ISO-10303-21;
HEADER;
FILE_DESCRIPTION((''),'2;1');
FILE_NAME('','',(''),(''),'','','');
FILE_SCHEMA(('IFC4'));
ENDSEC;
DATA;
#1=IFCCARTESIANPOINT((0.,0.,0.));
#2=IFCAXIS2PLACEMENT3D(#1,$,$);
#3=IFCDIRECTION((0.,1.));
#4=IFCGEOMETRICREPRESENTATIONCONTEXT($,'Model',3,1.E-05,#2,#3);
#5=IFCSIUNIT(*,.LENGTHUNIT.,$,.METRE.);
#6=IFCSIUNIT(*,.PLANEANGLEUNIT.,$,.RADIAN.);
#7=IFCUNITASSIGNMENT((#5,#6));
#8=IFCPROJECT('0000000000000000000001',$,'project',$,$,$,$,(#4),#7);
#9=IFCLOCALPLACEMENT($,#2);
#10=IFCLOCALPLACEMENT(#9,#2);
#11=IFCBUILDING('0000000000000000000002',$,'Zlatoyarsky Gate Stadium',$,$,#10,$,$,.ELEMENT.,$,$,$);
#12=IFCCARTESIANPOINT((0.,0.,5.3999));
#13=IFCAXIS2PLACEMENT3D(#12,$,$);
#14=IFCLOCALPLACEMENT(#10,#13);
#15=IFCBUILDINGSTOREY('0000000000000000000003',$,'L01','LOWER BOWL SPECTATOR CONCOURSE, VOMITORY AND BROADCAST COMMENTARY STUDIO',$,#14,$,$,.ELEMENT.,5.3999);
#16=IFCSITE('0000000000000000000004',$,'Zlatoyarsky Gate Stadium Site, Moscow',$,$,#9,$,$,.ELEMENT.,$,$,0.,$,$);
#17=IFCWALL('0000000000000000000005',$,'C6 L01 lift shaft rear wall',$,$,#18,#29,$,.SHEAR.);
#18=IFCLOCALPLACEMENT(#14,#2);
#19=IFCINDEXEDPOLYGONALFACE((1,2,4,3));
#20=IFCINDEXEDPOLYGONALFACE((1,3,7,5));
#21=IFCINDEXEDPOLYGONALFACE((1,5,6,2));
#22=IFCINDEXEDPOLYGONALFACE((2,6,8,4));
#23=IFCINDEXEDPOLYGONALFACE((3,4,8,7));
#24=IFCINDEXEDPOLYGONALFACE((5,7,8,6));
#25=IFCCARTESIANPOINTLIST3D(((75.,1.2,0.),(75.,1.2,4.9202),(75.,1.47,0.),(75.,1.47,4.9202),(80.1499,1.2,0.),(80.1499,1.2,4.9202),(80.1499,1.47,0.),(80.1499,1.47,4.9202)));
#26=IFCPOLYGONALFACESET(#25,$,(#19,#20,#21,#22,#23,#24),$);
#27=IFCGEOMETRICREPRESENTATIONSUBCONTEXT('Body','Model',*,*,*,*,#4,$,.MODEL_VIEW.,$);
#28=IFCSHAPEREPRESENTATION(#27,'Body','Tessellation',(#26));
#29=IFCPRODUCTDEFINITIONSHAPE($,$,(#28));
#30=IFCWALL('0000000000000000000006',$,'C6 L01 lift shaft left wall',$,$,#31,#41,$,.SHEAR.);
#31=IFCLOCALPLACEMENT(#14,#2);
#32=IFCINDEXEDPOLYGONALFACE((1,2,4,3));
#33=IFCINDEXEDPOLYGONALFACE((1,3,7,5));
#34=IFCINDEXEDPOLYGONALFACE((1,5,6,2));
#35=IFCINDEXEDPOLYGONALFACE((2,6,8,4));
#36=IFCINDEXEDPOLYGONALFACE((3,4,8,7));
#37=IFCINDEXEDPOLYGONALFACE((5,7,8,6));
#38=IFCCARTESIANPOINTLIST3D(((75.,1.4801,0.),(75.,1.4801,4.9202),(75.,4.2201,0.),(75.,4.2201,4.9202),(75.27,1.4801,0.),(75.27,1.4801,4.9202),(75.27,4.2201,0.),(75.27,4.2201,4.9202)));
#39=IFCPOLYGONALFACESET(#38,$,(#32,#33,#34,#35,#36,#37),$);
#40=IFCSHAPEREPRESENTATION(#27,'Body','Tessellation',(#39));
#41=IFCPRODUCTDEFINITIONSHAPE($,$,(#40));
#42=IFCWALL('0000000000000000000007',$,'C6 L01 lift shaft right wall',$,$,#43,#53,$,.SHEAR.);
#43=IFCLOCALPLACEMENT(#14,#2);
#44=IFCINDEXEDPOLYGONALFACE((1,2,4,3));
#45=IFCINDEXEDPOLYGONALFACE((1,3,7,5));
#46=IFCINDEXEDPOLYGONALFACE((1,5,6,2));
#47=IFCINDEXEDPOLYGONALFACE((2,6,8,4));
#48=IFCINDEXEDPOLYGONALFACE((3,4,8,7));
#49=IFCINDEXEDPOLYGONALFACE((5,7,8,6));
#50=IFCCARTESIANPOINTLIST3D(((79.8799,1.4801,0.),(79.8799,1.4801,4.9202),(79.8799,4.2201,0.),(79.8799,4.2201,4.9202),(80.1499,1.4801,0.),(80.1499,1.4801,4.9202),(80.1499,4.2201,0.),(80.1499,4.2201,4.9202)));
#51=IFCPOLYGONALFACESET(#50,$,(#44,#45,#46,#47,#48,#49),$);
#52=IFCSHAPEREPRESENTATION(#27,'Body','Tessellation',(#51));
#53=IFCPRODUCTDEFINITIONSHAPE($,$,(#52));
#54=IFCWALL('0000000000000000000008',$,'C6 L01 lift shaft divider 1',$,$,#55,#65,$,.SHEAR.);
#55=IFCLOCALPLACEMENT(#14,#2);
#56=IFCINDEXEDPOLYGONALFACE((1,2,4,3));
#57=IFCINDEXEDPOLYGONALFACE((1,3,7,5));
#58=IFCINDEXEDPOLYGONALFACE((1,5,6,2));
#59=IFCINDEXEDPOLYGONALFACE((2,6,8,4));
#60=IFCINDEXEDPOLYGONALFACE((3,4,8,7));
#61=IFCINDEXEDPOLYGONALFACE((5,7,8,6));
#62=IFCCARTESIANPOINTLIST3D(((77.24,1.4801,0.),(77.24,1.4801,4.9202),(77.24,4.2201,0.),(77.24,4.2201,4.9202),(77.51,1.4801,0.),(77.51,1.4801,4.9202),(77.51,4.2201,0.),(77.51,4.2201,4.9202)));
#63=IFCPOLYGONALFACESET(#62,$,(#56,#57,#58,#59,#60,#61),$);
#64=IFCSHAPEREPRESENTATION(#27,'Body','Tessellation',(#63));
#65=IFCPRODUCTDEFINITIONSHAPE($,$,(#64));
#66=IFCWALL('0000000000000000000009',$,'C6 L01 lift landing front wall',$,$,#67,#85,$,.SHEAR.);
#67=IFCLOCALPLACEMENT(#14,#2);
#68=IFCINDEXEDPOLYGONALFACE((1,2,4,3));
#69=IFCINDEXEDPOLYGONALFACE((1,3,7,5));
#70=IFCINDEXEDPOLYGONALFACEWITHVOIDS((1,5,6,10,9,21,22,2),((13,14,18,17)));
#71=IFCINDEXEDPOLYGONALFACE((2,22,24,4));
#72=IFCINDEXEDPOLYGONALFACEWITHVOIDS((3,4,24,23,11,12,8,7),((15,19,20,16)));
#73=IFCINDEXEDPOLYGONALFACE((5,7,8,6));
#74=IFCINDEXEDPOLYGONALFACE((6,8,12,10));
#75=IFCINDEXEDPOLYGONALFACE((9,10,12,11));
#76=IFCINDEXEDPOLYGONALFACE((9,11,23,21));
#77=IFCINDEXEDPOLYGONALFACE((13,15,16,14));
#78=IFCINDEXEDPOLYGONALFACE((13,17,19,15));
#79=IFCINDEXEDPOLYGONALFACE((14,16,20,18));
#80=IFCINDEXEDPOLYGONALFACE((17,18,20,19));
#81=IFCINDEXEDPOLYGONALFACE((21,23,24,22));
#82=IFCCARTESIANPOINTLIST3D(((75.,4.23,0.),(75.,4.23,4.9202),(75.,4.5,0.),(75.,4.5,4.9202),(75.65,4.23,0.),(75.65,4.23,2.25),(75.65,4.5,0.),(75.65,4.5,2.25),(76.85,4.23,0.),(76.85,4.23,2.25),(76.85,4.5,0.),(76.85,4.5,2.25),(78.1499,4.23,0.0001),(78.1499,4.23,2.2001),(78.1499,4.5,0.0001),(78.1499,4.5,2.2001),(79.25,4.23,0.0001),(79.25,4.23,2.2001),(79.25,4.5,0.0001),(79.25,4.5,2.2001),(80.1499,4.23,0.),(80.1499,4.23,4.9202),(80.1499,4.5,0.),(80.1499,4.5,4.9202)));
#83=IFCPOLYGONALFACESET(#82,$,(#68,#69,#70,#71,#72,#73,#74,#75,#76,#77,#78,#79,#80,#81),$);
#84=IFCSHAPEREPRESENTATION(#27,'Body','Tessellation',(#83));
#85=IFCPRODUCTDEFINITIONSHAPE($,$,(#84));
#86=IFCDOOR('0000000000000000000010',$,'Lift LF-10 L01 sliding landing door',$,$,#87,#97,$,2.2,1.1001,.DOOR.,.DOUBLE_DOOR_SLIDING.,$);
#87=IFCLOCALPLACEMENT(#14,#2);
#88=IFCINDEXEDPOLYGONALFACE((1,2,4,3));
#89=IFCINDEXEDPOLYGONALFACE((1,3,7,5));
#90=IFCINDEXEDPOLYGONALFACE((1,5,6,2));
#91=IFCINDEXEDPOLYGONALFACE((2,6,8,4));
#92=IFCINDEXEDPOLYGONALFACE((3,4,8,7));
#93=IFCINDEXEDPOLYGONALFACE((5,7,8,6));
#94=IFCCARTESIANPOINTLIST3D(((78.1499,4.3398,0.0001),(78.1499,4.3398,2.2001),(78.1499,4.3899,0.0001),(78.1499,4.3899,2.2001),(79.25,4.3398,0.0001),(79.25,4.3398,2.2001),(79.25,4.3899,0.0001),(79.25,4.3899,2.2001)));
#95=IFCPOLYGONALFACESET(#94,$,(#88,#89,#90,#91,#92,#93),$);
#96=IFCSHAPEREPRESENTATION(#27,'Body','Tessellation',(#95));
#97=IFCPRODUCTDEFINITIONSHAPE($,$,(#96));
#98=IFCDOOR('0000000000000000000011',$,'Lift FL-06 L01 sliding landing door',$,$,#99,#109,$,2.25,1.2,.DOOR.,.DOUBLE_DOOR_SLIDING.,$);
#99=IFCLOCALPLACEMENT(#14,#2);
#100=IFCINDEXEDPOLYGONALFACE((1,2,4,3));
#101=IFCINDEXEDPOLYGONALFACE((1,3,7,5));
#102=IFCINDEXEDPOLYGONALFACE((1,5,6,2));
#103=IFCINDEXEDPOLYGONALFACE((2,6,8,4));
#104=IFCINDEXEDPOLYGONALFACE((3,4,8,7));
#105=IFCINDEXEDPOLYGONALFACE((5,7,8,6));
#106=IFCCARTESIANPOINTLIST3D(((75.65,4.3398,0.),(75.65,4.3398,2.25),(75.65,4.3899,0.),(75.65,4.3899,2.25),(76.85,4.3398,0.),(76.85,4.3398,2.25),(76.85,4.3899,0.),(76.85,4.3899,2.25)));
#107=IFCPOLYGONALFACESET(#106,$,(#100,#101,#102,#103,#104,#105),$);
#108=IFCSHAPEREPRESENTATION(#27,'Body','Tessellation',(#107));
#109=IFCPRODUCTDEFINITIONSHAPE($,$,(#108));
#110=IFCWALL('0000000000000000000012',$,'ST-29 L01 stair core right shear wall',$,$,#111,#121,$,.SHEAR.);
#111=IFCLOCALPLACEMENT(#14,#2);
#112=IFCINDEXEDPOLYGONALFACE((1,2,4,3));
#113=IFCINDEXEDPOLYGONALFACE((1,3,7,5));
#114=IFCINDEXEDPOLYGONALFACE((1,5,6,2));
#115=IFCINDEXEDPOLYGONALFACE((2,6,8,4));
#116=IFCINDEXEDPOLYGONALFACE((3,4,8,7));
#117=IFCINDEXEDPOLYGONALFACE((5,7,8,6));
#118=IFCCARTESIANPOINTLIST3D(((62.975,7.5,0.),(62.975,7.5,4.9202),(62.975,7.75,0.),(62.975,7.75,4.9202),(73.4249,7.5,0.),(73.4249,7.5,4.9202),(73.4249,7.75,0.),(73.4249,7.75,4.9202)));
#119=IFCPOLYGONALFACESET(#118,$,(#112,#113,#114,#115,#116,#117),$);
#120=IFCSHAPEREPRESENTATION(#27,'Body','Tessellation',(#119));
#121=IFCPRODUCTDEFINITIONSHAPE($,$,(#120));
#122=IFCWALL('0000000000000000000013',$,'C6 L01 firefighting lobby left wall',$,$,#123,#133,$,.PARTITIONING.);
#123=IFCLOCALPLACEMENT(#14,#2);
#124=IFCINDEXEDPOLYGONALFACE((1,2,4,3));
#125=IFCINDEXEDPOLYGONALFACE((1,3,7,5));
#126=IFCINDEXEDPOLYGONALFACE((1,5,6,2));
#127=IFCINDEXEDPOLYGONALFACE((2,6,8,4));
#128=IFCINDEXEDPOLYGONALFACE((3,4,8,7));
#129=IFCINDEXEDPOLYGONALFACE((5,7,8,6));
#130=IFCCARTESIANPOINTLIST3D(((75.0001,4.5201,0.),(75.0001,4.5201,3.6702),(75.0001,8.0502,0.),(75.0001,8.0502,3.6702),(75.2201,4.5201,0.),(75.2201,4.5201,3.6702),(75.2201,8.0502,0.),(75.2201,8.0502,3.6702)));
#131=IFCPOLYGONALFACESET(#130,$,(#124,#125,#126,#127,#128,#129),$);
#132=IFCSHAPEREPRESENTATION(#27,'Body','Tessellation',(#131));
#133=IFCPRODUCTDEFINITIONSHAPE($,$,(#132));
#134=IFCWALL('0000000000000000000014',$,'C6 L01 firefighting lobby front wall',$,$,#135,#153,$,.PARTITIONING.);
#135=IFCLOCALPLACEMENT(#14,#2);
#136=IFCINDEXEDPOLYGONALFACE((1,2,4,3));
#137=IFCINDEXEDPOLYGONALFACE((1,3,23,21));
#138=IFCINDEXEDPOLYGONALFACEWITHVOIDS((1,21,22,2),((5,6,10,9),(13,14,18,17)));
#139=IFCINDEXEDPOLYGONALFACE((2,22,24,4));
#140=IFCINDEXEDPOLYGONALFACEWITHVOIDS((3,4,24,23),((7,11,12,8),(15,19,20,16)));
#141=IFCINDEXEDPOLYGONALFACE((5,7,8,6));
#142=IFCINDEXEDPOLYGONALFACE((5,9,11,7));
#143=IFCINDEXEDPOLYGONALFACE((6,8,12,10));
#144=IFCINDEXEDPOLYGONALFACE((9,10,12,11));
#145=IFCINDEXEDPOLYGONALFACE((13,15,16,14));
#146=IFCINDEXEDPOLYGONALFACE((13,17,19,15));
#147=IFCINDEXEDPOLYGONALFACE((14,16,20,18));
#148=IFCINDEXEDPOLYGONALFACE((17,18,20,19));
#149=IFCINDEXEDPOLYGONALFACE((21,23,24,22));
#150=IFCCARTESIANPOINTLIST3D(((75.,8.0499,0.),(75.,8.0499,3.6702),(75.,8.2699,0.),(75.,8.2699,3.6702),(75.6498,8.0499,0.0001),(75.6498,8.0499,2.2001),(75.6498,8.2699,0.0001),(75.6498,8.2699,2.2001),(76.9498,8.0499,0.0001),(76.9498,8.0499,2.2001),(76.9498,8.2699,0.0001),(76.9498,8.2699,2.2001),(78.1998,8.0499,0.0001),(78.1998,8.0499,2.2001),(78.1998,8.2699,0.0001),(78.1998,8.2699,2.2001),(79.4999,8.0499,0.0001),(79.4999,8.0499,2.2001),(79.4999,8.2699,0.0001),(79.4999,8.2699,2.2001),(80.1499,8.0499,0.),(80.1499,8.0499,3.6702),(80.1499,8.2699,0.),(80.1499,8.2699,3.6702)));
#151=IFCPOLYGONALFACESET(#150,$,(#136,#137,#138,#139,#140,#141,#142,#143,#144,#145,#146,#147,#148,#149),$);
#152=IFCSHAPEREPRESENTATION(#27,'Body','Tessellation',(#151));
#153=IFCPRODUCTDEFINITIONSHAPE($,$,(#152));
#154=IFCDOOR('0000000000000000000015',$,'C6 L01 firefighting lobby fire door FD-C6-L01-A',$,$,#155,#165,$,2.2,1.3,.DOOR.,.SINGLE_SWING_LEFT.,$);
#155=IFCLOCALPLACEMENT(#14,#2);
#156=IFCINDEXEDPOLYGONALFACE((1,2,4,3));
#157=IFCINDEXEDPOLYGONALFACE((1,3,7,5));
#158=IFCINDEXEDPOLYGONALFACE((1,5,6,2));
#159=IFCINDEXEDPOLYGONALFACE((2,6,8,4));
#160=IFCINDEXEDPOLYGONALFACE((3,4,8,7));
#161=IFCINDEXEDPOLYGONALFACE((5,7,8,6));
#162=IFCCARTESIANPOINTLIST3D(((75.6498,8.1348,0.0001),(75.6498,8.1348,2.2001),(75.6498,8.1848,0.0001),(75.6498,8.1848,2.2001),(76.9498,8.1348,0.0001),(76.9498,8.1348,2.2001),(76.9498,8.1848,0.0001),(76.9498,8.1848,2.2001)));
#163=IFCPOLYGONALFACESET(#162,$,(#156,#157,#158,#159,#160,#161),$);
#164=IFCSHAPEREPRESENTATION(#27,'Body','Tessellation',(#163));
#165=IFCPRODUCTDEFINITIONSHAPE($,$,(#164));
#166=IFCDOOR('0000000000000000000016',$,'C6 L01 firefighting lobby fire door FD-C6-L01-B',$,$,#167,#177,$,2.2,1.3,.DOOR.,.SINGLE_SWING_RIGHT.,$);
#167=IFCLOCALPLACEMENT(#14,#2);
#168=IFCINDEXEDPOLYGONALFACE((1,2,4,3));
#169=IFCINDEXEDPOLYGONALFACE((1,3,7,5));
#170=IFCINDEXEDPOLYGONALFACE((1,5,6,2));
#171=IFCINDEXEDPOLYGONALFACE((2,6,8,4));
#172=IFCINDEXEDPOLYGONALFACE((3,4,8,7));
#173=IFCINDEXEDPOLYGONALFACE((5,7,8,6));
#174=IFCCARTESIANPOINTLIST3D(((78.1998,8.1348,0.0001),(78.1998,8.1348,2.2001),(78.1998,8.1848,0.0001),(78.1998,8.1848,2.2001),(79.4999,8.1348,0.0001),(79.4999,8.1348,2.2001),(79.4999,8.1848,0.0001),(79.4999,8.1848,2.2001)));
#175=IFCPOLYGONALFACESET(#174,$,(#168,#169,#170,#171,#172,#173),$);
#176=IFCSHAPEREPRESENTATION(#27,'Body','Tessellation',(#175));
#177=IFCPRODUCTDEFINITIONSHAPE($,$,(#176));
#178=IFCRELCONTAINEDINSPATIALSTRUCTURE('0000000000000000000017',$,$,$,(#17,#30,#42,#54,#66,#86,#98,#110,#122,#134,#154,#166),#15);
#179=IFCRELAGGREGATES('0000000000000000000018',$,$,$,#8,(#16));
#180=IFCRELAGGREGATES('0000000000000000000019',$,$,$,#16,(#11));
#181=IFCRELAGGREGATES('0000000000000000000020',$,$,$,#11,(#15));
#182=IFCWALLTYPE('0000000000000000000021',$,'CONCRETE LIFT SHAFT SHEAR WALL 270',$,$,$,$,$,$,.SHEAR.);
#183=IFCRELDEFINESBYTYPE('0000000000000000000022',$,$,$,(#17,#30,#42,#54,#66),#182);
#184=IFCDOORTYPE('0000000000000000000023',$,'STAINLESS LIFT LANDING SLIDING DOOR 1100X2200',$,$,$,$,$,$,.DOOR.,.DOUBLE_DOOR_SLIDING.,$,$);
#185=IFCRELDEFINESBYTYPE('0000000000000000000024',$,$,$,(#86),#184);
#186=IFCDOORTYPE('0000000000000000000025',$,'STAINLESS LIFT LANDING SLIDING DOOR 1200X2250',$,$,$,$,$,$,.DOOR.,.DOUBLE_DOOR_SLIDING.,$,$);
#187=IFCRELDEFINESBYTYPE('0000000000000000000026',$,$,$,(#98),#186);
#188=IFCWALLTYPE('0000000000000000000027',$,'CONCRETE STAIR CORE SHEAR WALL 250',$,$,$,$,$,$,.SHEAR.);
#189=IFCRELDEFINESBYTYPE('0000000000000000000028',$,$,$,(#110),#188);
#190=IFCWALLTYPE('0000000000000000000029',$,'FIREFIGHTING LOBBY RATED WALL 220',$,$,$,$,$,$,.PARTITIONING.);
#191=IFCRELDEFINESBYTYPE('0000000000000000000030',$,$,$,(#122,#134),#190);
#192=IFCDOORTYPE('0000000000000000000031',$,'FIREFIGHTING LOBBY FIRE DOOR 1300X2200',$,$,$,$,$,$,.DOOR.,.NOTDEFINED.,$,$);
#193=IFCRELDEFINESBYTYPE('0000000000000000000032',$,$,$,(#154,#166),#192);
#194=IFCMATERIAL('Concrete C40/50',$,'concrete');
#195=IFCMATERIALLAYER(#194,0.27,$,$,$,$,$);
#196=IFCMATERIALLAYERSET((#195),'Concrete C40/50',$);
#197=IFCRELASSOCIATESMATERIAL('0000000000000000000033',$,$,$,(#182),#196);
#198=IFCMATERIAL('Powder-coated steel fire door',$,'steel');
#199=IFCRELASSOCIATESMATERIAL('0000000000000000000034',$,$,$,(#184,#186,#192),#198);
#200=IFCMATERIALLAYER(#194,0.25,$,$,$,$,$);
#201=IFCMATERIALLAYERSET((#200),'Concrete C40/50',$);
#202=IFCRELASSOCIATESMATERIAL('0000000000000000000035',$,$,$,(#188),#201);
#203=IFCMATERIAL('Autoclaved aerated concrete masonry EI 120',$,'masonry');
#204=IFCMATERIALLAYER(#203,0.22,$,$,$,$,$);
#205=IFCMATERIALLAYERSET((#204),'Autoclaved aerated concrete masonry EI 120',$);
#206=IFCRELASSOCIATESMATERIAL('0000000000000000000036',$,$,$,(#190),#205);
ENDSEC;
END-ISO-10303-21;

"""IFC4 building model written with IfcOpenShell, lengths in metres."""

from ifc_helpers import new_model, si_unit, direction, frame, frame_2d, origin, place, context, subcontext, project, spatial, rectangle, extrude, material, layer, layer_set, type_object, element, fill, save


model = new_model("IFC4")

# Units and contexts
model_context = context("Model", 3, precision=1e-05, world=origin(), true_north=direction((0.0, 1.0)))
body_context = subcontext(model_context, "Body", "Model", "MODEL_VIEW")
ifc_project = project(units=[si_unit("LENGTHUNIT", "METRE"), si_unit("PLANEANGLEUNIT", "RADIAN")], contexts=[model_context])

# Site, building, storey
site_placement = place(None, origin())
site = spatial("IfcSite", under=ifc_project, at=site_placement, Name="Zlatoyarsky Gate Stadium Site, Moscow", CompositionType="ELEMENT", RefElevation=0.0)
building_placement = place(site_placement, origin())
building = spatial("IfcBuilding", under=site, at=building_placement, Name="Zlatoyarsky Gate Stadium", CompositionType="ELEMENT")
storey_placement = place(building_placement, frame((0.0, 0.0, 5.3999)))
storey = spatial("IfcBuildingStorey", under=building, at=storey_placement, Name="L01", Description="LOWER BOWL SPECTATOR CONCOURSE, VOMITORY AND BROADCAST COMMENTARY STUDIO", CompositionType="ELEMENT", Elevation=5.3999)

# Walls
ifc_material_1 = material(Name="Concrete C40/50", Category="concrete")
ifc_layer_1 = layer(ifc_material_1, 0.27)
ifc_layer_set_1 = layer_set([ifc_layer_1], Name="Concrete C40/50")
wall_type_1 = type_object("IfcWallType", Name="CONCRETE LIFT SHAFT SHEAR WALL 270", PredefinedType="SHEAR", material=ifc_layer_set_1)
wall_1_placement = place(storey_placement, frame((75.0, 1.335, 0.0), z_axis=(0.0, 0.0, 1.0), x_axis=(1.0, 0.0, 0.0)))
element("IfcWall", 1, at=wall_1_placement, inside=storey, type_object=wall_type_1, Name="C6 L01 lift shaft rear wall", PredefinedType="SHEAR", context=body_context, shape_type="SweptSolid", body=[
    extrude(rectangle(XDim=5.1499, YDim=0.27, at=frame_2d((2.575, 0.0))), origin(), (0.0, 0.0, 1.0), 4.9202),
])
for number, where, z_axis, x_axis, name in (
    (2, (75.135, 1.48, 0.0), (0.0, 0.0, 1.0), (0.0, 1.0, 0.0), "C6 L01 lift shaft left wall"),
    (3, (80.0149, 1.48, 0.0), (0.0, 0.0, 1.0), (0.0, 1.0, 0.0), "C6 L01 lift shaft right wall"),
    (4, (77.375, 1.48, 0.0), (0.0, 0.0, 1.0), (0.0, 1.0, 0.0), "C6 L01 lift shaft divider 1"),
):
    element("IfcWall", number, at=place(storey_placement, frame(where, z_axis=z_axis, x_axis=x_axis)), inside=storey, type_object=wall_type_1, Name=name, PredefinedType="SHEAR", context=body_context, shape_type="SweptSolid", body=[
        extrude(rectangle(XDim=2.74, YDim=0.27, at=frame_2d((1.3701, 0.0))), origin(), (0.0, 0.0, 1.0), 4.9202),
    ])

# Wall, openings, doors
wall_2_placement = place(storey_placement, frame((75.0, 4.365, 0.0), z_axis=(0.0, 0.0, 1.0), x_axis=(1.0, 0.0, 0.0)))
wall_2 = element("IfcWall", 5, at=wall_2_placement, inside=storey, type_object=wall_type_1, Name="C6 L01 lift landing front wall", PredefinedType="SHEAR", context=body_context, shape_type="SweptSolid", body=[
    extrude(rectangle(XDim=5.1499, YDim=0.27, at=frame_2d((2.575, 0.0))), origin(), (0.0, 0.0, 1.0), 4.9202),
])
opening_1_placement = place(wall_2_placement, frame((0.6499, 0.0, 0.0)))
opening_1 = element("IfcOpeningElement", 6, at=opening_1_placement, cuts=wall_2, PredefinedType="OPENING", context=body_context, shape_type="SweptSolid", body=[
    extrude(rectangle(XDim=1.2, YDim=2.25, at=frame_2d((0.6001, 1.125))), frame((0.0, 0.145, 0.0), z_axis=(0.0, -1.0, 0.0), x_axis=(1.0, 0.0, 0.0)), (0.0, 0.0, 1.0), 0.29),
])
opening_2_placement = place(wall_2_placement, frame((3.1499, 0.0, 0.0)))
opening_2 = element("IfcOpeningElement", 7, at=opening_2_placement, cuts=wall_2, PredefinedType="OPENING", context=body_context, shape_type="SweptSolid", body=[
    extrude(rectangle(XDim=1.1001, YDim=2.2, at=frame_2d((0.55, 1.1001))), frame((0.0, 0.145, 0.0), z_axis=(0.0, -1.0, 0.0), x_axis=(1.0, 0.0, 0.0)), (0.0, 0.0, 1.0), 0.29),
])
ifc_material_2 = material(Name="Powder-coated steel fire door", Category="steel")
door_type_1 = type_object("IfcDoorType", Name="STAINLESS LIFT LANDING SLIDING DOOR 1100X2200", OperationType="DOUBLE_DOOR_SLIDING", PredefinedType="DOOR", material=ifc_material_2)
door_1_placement = place(opening_2_placement, origin())
door_1 = element("IfcDoor", 8, at=door_1_placement, inside=storey, type_object=door_type_1, Name="Lift LF-10 L01 sliding landing door", OperationType="DOUBLE_DOOR_SLIDING", OverallHeight=2.2, OverallWidth=1.1001, PredefinedType="DOOR", context=body_context, shape_type="SweptSolid", body=[
    extrude(rectangle(XDim=1.1001, YDim=2.2, at=frame_2d((0.55, 1.1001))), frame((0.0, 0.0249, 0.0), z_axis=(0.0, -1.0, 0.0), x_axis=(1.0, 0.0, 0.0)), (0.0, 0.0, 1.0), 0.05),
])
fill(opening_2, door_1)
door_type_2 = type_object("IfcDoorType", Name="STAINLESS LIFT LANDING SLIDING DOOR 1200X2250", OperationType="DOUBLE_DOOR_SLIDING", PredefinedType="DOOR", material=ifc_material_2)
door_2_placement = place(opening_1_placement, origin())
door_2 = element("IfcDoor", 9, at=door_2_placement, inside=storey, type_object=door_type_2, Name="Lift FL-06 L01 sliding landing door", OperationType="DOUBLE_DOOR_SLIDING", OverallHeight=2.25, OverallWidth=1.2, PredefinedType="DOOR", context=body_context, shape_type="SweptSolid", body=[
    extrude(rectangle(XDim=1.2, YDim=2.25, at=frame_2d((0.6001, 1.125))), frame((0.0, 0.0249, 0.0), z_axis=(0.0, -1.0, 0.0), x_axis=(1.0, 0.0, 0.0)), (0.0, 0.0, 1.0), 0.05),
])
fill(opening_1, door_2)

# Walls
ifc_layer_2 = layer(ifc_material_1, 0.25)
ifc_layer_set_2 = layer_set([ifc_layer_2], Name="Concrete C40/50")
wall_type_2 = type_object("IfcWallType", Name="CONCRETE STAIR CORE SHEAR WALL 250", PredefinedType="SHEAR", material=ifc_layer_set_2)
wall_3_placement = place(storey_placement, frame((73.425, 7.625, 0.0), z_axis=(0.0, 0.0, 1.0), x_axis=(-1.0, 0.0, 0.0)))
element("IfcWall", 10, at=wall_3_placement, inside=storey, type_object=wall_type_2, Name="ST-29 L01 stair core right shear wall", PredefinedType="SHEAR", context=body_context, shape_type="SweptSolid", body=[
    extrude(rectangle(XDim=10.45, YDim=0.25, at=frame_2d((5.2251, 0.0))), origin(), (0.0, 0.0, 1.0), 4.9202),
])
ifc_material_3 = material(Name="Autoclaved aerated concrete masonry EI 120", Category="masonry")
ifc_layer_3 = layer(ifc_material_3, 0.22)
ifc_layer_set_3 = layer_set([ifc_layer_3], Name="Autoclaved aerated concrete masonry EI 120")
wall_type_3 = type_object("IfcWallType", Name="FIREFIGHTING LOBBY RATED WALL 220", PredefinedType="PARTITIONING", material=ifc_layer_set_3)
wall_4_placement = place(storey_placement, frame((75.1101, 4.52, 0.0), z_axis=(0.0, 0.0, 1.0), x_axis=(0.0, 1.0, 0.0)))
element("IfcWall", 11, at=wall_4_placement, inside=storey, type_object=wall_type_3, Name="C6 L01 firefighting lobby left wall", PredefinedType="PARTITIONING", context=body_context, shape_type="SweptSolid", body=[
    extrude(rectangle(XDim=3.53, YDim=0.22, at=frame_2d((1.7651, 0.0))), origin(), (0.0, 0.0, 1.0), 3.6702),
])

# Wall, openings, doors
wall_5_placement = place(storey_placement, frame((75.0, 8.1599, 0.0), z_axis=(0.0, 0.0, 1.0), x_axis=(1.0, 0.0, 0.0)))
wall_5 = element("IfcWall", 12, at=wall_5_placement, inside=storey, type_object=wall_type_3, Name="C6 L01 firefighting lobby front wall", PredefinedType="PARTITIONING", context=body_context, shape_type="SweptSolid", body=[
    extrude(rectangle(XDim=5.1499, YDim=0.22, at=frame_2d((2.575, 0.0))), origin(), (0.0, 0.0, 1.0), 3.6702),
])
opening_3_placement = place(wall_5_placement, frame((0.6499, 0.0, 0.0)))
opening_3 = element("IfcOpeningElement", 13, at=opening_3_placement, cuts=wall_5, PredefinedType="OPENING", context=body_context, shape_type="SweptSolid", body=[
    extrude(rectangle(XDim=1.3, YDim=2.2, at=frame_2d((0.6499, 1.1001))), frame((0.0, 0.1199, 0.0), z_axis=(0.0, -1.0, 0.0), x_axis=(1.0, 0.0, 0.0)), (0.0, 0.0, 1.0), 0.24),
])
opening_4_placement = place(wall_5_placement, frame((3.2, 0.0, 0.0)))
opening_4 = element("IfcOpeningElement", 14, at=opening_4_placement, cuts=wall_5, PredefinedType="OPENING", context=body_context, shape_type="SweptSolid", body=[
    extrude(rectangle(XDim=1.3, YDim=2.2, at=frame_2d((0.6499, 1.1001))), frame((0.0, 0.1199, 0.0), z_axis=(0.0, -1.0, 0.0), x_axis=(1.0, 0.0, 0.0)), (0.0, 0.0, 1.0), 0.24),
])
door_type_3 = type_object("IfcDoorType", Name="FIREFIGHTING LOBBY FIRE DOOR 1300X2200", OperationType="NOTDEFINED", PredefinedType="DOOR", material=ifc_material_2)
door_3_placement = place(opening_3_placement, origin())
door_3 = element("IfcDoor", 15, at=door_3_placement, inside=storey, type_object=door_type_3, Name="C6 L01 firefighting lobby fire door FD-C6-L01-A", OperationType="SINGLE_SWING_LEFT", OverallHeight=2.2, OverallWidth=1.3, PredefinedType="DOOR", context=body_context, shape_type="SweptSolid", body=[
    extrude(rectangle(XDim=1.3, YDim=2.2, at=frame_2d((0.6499, 1.1001))), frame((0.0, 0.0249, 0.0), z_axis=(0.0, -1.0, 0.0), x_axis=(1.0, 0.0, 0.0)), (0.0, 0.0, 1.0), 0.05),
])
fill(opening_3, door_3)
door_4_placement = place(opening_4_placement, origin())
door_4 = element("IfcDoor", 16, at=door_4_placement, inside=storey, type_object=door_type_3, Name="C6 L01 firefighting lobby fire door FD-C6-L01-B", OperationType="SINGLE_SWING_RIGHT", OverallHeight=2.2, OverallWidth=1.3, PredefinedType="DOOR", context=body_context, shape_type="SweptSolid", body=[
    extrude(rectangle(XDim=1.3, YDim=2.2, at=frame_2d((0.6499, 1.1001))), frame((0.0, 0.0249, 0.0), z_axis=(0.0, -1.0, 0.0), x_axis=(1.0, 0.0, 0.0)), (0.0, 0.0, 1.0), 0.05),
])
fill(opening_4, door_4)

save(model, "model.ifc")
